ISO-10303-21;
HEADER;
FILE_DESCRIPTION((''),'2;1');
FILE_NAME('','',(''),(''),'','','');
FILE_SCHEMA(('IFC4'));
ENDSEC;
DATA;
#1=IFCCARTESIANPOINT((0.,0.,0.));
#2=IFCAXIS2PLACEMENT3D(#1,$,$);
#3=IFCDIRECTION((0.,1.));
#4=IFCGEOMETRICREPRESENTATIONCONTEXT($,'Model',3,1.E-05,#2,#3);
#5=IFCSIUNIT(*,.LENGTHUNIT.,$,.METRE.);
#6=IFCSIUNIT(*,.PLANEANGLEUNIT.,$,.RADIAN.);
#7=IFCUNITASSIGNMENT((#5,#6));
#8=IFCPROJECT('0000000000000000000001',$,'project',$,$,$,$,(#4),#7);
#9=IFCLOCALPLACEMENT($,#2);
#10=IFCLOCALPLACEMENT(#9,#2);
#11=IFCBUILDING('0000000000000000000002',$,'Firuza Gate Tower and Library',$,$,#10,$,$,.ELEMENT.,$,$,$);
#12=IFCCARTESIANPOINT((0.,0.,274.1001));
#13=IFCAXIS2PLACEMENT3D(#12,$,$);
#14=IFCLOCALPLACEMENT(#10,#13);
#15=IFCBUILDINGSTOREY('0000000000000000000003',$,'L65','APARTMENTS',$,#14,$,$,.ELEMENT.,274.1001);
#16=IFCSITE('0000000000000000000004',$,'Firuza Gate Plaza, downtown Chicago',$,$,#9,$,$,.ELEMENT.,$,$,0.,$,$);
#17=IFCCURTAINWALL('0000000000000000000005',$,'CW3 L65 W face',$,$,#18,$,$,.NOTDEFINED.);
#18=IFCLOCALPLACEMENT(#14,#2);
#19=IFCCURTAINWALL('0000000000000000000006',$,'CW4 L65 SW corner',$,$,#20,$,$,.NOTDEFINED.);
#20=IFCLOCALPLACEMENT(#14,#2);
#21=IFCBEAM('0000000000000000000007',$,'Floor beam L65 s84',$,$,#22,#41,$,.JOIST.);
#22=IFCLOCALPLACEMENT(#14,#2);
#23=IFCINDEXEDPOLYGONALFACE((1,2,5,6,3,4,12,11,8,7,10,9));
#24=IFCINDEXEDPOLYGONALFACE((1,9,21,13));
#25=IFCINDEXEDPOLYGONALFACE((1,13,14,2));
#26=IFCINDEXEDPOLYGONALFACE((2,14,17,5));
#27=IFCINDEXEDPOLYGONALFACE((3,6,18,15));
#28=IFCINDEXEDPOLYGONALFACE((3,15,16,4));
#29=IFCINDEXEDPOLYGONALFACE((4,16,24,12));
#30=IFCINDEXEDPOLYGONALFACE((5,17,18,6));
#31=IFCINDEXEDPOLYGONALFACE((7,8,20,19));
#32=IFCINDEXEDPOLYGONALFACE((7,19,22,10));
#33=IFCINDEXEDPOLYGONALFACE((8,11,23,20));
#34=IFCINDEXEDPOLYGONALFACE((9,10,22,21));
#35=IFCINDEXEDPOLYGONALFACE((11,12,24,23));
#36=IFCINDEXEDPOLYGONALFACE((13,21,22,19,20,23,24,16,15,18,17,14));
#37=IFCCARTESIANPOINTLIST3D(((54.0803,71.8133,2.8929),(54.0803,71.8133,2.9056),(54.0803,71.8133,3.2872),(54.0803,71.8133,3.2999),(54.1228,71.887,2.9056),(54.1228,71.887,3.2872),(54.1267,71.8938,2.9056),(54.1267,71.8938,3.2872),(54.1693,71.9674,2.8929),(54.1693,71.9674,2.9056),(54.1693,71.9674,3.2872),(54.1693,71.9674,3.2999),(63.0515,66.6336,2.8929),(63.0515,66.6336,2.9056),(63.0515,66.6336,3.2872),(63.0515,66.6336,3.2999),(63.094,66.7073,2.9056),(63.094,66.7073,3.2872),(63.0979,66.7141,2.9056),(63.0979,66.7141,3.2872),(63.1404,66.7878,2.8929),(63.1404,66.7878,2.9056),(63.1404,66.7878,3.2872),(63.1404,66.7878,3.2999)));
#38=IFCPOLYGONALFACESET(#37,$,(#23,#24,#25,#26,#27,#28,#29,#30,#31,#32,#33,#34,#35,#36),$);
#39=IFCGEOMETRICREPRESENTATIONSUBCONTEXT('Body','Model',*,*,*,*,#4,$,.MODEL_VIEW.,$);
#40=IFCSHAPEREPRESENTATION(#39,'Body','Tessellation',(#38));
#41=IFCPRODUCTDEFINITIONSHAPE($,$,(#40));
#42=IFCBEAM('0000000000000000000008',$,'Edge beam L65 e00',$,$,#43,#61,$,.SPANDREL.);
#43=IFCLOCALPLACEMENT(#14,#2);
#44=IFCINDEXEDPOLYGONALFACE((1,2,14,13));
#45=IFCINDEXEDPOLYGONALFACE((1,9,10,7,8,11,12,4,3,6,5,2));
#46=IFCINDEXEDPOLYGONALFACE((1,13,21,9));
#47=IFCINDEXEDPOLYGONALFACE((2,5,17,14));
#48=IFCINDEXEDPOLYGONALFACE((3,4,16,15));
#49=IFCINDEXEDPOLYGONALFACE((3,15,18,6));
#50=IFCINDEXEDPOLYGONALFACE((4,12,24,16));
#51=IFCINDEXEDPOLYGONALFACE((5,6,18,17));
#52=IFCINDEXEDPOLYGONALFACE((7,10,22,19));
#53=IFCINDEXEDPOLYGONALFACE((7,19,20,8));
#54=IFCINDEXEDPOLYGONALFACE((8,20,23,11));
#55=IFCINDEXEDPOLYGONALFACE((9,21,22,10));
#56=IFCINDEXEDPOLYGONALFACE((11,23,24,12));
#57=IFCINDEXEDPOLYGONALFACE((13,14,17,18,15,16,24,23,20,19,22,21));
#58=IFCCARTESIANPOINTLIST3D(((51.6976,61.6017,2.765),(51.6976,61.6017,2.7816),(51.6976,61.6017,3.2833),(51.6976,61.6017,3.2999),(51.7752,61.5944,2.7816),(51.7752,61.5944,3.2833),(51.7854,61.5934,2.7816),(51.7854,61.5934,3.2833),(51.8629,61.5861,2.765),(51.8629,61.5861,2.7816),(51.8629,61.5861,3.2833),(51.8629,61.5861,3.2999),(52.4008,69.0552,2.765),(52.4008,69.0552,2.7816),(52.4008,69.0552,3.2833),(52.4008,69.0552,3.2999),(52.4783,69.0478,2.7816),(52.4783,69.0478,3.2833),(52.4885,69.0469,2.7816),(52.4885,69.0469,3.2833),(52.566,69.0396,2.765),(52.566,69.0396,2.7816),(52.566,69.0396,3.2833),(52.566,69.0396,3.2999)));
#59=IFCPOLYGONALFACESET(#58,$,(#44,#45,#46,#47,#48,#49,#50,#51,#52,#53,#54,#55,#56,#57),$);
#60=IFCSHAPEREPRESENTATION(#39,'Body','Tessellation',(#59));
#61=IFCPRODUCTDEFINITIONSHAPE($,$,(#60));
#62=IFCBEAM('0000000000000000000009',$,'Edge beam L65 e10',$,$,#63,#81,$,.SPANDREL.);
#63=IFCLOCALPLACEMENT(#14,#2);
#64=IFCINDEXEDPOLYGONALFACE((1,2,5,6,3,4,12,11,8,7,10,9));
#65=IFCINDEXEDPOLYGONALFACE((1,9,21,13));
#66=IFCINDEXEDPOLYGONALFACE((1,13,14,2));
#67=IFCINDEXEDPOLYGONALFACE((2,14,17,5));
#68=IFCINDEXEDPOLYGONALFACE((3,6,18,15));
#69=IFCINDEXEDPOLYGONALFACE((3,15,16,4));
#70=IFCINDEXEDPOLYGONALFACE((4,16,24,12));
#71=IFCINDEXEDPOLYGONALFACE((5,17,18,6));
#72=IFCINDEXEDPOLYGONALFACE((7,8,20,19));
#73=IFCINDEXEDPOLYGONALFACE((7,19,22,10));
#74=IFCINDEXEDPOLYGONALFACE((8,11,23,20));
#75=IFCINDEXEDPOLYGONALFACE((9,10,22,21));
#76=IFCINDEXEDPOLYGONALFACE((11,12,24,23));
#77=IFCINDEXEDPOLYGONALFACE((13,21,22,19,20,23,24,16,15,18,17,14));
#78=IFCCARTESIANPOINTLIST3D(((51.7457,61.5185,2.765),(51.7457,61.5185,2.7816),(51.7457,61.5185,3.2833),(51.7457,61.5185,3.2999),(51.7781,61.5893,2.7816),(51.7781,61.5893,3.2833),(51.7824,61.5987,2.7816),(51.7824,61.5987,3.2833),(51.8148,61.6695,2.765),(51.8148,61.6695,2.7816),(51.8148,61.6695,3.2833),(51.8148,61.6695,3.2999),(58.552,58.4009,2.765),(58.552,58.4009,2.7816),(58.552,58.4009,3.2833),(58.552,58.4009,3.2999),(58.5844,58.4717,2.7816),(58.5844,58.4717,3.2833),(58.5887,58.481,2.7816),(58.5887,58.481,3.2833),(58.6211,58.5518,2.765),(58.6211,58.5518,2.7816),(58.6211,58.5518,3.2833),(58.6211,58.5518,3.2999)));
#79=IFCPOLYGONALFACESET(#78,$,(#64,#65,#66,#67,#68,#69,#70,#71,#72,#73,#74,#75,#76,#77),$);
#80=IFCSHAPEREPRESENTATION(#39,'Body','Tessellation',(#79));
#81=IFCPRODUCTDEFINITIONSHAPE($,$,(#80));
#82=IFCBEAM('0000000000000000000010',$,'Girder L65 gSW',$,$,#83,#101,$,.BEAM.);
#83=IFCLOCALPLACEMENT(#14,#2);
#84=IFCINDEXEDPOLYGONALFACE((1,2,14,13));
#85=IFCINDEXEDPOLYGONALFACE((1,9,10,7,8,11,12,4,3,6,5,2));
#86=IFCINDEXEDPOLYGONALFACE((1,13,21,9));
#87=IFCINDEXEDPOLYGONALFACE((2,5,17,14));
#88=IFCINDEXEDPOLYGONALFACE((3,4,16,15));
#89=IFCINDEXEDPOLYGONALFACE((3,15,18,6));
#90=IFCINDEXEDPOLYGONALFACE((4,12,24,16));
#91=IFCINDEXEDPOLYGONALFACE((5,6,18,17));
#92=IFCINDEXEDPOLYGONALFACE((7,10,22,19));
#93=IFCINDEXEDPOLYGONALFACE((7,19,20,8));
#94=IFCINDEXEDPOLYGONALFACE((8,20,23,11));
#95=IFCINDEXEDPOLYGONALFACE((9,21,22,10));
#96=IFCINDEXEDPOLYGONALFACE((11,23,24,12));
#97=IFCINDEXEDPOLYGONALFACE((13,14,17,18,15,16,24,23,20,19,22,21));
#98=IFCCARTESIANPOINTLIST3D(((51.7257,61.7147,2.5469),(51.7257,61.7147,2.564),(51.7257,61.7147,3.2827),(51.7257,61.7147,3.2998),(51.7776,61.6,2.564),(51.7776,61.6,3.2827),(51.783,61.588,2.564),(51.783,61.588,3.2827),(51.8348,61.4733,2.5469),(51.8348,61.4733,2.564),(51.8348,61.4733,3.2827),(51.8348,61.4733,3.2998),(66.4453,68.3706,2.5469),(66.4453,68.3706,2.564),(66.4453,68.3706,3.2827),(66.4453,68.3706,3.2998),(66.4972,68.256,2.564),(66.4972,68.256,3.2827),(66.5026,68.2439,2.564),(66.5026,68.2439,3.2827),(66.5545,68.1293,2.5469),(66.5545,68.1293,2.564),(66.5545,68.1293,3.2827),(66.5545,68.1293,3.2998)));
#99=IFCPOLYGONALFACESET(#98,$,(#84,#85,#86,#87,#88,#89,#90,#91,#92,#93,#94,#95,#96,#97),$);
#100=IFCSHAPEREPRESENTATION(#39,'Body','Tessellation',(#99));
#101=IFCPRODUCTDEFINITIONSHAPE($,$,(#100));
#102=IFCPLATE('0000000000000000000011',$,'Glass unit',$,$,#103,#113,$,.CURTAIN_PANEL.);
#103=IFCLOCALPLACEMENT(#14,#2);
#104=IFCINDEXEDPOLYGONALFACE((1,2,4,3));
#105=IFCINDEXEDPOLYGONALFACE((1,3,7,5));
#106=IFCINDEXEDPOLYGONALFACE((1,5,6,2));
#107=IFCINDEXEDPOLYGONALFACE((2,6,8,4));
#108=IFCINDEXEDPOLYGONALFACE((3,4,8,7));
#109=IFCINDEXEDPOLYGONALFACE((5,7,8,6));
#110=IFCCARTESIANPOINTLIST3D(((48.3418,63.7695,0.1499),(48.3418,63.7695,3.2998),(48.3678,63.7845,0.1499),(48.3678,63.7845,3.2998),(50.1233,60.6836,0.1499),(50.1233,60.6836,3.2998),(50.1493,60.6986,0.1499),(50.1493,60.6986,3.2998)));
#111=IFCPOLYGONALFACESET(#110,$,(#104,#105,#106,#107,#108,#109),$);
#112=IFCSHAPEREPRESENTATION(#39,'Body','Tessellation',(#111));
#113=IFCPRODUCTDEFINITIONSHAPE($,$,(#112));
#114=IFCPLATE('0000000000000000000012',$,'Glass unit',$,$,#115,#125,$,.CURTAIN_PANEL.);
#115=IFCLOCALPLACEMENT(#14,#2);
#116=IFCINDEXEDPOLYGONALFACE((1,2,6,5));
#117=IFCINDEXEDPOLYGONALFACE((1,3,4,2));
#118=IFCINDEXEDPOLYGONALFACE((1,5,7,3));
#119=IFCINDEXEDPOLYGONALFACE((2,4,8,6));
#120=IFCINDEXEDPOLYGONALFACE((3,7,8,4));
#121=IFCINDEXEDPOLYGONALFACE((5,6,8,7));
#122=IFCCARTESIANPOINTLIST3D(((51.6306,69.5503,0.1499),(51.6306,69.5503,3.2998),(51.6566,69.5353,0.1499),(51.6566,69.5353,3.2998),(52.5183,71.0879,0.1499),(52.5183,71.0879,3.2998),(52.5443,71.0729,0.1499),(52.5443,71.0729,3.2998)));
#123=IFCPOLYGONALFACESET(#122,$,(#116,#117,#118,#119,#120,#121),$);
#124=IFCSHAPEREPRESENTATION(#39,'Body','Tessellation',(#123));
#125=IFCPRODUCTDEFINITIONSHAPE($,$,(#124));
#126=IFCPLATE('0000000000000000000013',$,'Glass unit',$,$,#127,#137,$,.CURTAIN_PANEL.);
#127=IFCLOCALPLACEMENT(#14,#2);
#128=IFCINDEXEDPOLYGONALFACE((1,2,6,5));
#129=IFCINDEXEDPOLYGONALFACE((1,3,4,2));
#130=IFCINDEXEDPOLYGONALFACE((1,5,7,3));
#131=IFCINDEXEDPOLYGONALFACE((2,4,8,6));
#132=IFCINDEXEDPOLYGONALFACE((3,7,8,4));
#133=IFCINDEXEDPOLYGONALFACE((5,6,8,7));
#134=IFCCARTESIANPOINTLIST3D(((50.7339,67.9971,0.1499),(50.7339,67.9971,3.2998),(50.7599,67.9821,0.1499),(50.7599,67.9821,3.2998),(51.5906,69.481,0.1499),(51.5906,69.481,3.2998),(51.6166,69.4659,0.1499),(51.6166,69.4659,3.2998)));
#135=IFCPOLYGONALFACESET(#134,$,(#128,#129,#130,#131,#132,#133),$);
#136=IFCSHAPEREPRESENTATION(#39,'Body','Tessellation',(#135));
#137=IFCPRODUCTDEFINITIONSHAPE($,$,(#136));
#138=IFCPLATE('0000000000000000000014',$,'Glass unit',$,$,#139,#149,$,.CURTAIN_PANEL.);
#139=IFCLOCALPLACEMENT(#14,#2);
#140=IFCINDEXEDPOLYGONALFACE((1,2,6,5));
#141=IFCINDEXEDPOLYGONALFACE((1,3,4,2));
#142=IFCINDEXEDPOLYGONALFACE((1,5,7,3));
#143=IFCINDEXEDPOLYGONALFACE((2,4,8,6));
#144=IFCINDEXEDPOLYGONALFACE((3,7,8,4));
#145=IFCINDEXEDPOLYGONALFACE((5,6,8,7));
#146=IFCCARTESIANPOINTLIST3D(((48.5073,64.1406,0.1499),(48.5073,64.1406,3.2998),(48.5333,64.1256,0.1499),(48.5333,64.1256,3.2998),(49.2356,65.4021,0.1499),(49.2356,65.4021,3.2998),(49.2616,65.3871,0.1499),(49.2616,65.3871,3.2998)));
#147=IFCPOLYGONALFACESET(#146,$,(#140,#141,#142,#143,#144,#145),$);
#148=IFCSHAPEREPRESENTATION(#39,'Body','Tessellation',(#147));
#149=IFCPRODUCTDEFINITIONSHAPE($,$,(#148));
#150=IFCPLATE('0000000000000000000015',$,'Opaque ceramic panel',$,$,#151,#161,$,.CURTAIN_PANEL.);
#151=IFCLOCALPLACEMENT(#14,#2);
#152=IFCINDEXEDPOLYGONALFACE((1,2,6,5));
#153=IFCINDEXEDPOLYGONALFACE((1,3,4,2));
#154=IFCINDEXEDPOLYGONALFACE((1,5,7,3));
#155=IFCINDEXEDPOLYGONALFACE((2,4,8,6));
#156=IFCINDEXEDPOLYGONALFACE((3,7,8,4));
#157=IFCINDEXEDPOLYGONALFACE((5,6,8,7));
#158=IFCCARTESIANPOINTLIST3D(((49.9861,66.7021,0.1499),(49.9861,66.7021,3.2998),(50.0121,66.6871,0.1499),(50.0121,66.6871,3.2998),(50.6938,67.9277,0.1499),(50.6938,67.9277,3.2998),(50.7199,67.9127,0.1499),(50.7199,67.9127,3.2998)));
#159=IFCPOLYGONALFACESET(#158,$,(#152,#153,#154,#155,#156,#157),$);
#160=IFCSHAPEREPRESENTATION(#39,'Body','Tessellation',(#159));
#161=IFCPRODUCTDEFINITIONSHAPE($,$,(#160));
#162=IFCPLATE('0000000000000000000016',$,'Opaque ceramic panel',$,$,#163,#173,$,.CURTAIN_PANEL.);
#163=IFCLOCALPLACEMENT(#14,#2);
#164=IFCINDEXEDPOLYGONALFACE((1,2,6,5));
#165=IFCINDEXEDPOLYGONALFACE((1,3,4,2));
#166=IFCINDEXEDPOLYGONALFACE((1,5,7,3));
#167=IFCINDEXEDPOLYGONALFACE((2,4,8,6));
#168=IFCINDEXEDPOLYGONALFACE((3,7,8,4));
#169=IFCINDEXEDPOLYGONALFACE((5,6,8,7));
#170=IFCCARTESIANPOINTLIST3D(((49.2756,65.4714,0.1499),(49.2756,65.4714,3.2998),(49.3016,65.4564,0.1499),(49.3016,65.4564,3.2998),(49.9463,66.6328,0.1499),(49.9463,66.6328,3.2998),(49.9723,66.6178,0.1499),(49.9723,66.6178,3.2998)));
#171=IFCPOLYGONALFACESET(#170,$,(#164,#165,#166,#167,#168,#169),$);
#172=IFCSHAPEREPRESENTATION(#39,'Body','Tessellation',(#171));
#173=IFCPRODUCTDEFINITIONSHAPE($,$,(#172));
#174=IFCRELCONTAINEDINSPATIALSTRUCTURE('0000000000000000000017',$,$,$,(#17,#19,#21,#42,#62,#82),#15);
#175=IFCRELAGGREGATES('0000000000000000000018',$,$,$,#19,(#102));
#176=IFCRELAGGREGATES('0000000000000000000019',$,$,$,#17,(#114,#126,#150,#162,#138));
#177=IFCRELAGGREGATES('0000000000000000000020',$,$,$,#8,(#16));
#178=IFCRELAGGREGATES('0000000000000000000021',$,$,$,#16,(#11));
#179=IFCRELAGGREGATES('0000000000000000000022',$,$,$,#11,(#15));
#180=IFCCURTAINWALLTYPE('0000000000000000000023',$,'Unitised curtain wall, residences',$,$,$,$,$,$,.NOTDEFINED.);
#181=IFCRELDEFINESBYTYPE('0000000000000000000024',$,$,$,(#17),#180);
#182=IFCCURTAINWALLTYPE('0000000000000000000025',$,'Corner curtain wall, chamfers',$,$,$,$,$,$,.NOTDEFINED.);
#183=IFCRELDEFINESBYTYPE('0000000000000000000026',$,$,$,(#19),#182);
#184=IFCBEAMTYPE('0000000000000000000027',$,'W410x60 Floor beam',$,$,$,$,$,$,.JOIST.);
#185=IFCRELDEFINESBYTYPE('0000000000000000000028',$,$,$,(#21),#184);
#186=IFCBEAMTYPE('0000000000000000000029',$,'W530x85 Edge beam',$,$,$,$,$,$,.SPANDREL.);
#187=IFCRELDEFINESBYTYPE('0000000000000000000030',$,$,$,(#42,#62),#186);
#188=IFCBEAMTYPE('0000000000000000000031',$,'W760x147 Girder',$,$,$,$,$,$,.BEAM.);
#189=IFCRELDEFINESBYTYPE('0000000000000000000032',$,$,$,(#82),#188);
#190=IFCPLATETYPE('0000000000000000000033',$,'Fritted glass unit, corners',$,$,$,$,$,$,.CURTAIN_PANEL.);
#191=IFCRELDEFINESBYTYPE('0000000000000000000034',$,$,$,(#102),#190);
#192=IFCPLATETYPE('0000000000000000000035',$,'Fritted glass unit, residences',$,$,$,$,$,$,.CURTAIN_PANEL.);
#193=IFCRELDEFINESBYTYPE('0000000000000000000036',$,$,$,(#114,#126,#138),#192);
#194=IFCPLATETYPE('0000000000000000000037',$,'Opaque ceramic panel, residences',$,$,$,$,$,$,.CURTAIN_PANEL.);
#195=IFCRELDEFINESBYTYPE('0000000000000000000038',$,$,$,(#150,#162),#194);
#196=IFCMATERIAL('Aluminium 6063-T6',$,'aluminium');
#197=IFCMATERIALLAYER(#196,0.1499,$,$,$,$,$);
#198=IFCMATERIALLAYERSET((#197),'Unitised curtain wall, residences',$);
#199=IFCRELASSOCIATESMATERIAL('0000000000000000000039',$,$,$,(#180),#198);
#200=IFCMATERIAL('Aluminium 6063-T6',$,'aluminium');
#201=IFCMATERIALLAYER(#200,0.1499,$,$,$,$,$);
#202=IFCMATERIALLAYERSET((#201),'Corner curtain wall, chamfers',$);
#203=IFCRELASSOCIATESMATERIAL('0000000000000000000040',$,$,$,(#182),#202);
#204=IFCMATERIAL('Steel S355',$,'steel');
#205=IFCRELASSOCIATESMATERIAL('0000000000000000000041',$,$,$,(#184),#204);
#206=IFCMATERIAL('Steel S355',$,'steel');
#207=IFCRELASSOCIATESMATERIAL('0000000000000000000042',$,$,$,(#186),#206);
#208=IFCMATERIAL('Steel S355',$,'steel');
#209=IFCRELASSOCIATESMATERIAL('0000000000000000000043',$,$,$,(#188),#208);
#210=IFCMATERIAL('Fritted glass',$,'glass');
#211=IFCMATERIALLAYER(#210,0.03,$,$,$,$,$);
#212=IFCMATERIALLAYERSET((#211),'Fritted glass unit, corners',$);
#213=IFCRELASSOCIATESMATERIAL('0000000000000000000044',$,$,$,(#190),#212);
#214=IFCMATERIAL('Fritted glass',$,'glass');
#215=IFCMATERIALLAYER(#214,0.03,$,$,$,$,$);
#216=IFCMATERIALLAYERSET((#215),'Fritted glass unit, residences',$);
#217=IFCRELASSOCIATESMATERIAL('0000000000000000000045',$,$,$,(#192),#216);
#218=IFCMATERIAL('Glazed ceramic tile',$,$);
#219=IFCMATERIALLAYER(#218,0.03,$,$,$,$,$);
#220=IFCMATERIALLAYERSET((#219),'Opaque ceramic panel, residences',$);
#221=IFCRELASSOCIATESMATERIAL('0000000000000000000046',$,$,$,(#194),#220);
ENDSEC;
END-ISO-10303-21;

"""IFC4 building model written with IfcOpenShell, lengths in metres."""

from ifc_helpers import new_model, si_unit, direction, frame, origin, origin_2d, place, context, subcontext, project, spatial, polyline, i_section, outline, extrude, material, layer, layer_set, material_profile, profile_set, type_object, element, aggregate, save


model = new_model("IFC4")

# Units and contexts
model_context = context("Model", 3, precision=1e-05, world=origin(), true_north=direction((0.0, 1.0)))
body_context = subcontext(model_context, "Body", "Model", "MODEL_VIEW")
ifc_project = project(units=[si_unit("LENGTHUNIT", "METRE"), si_unit("PLANEANGLEUNIT", "RADIAN")], contexts=[model_context])

# Site, building, storey
site_placement = place(None, origin())
site = spatial("IfcSite", under=ifc_project, at=site_placement, Name="Firuza Gate Plaza, downtown Chicago", CompositionType="ELEMENT", RefElevation=0.0)
building_placement = place(site_placement, origin())
building = spatial("IfcBuilding", under=site, at=building_placement, Name="Firuza Gate Tower and Library", CompositionType="ELEMENT")
storey_placement = place(building_placement, frame((0.0, 0.0, 274.1001)))
storey = spatial("IfcBuildingStorey", under=building, at=storey_placement, Name="L65", Description="APARTMENTS", CompositionType="ELEMENT", Elevation=274.1001)

# Curtain walls
ifc_material_1 = material(Name="Aluminium 6063-T6", Category="aluminium")
ifc_layer_1 = layer(ifc_material_1, 0.1499)
ifc_layer_set_1 = layer_set([ifc_layer_1], Name="Unitised curtain wall, residences")
curtain_wall_type_1 = type_object("IfcCurtainWallType", Name="Unitised curtain wall, residences", PredefinedType="NOTDEFINED", material=ifc_layer_set_1)
placement = place(storey_placement, origin())
curtain_wall_1 = element("IfcCurtainWall", 1, at=placement, inside=storey, type_object=curtain_wall_type_1, Name="CW3 L65 W face", PredefinedType="NOTDEFINED")
ifc_material_2 = material(Name="Aluminium 6063-T6", Category="aluminium")
ifc_layer_2 = layer(ifc_material_2, 0.1499)
ifc_layer_set_2 = layer_set([ifc_layer_2], Name="Corner curtain wall, chamfers")
curtain_wall_type_2 = type_object("IfcCurtainWallType", Name="Corner curtain wall, chamfers", PredefinedType="NOTDEFINED", material=ifc_layer_set_2)
curtain_wall_2 = element("IfcCurtainWall", 2, at=placement, inside=storey, type_object=curtain_wall_type_2, Name="CW4 L65 SW corner", PredefinedType="NOTDEFINED")

# Beams
ifc_material_3 = material(Name="Steel S355", Category="steel")
ifc_material_profile_1 = material_profile(ifc_material_3, i_section(OverallWidth=0.178, OverallDepth=0.407, WebThickness=0.0078, FlangeThickness=0.0127, at=origin_2d()))
ifc_profile_set_1 = profile_set([ifc_material_profile_1], Name="Steel S355")
beam_type_1 = type_object("IfcBeamType", Name="W410x60 Floor beam", PredefinedType="JOIST", material=ifc_profile_set_1)
beam_1_placement = place(storey_placement, frame((54.1248, 71.8904, 3.0964), z_axis=(0.866018, -0.500012, 0.0), x_axis=(0.500012, 0.866018, 0.0)))
element("IfcBeam", 3, at=beam_1_placement, inside=storey, type_object=beam_type_1, Name="Floor beam L65 s84", PredefinedType="JOIST", context=body_context, shape_type="SweptSolid", body=[
    extrude(i_section(OverallWidth=0.178, OverallDepth=0.407, WebThickness=0.0078, FlangeThickness=0.0127, at=origin_2d()), origin(), (0.0, 0.0, 1.0), 10.3591),
])
ifc_material_4 = material(Name="Steel S355", Category="steel")
ifc_material_profile_2 = material_profile(ifc_material_4, i_section(OverallWidth=0.166, OverallDepth=0.5349, WebThickness=0.0103, FlangeThickness=0.0166, at=origin_2d()))
ifc_profile_set_2 = profile_set([ifc_material_profile_2], Name="Steel S355")
beam_type_2 = type_object("IfcBeamType", Name="W530x85 Edge beam", PredefinedType="SPANDREL", material=ifc_profile_set_2)
beam_2_placement = place(storey_placement, frame((52.4834, 69.0474, 3.0325), z_axis=(-0.09392, -0.99558, 0.0), x_axis=(0.99558, -0.09392, 0.0)))
element("IfcBeam", 4, at=beam_2_placement, inside=storey, type_object=beam_type_2, Name="Edge beam L65 e00", PredefinedType="SPANDREL", context=body_context, shape_type="SweptSolid", body=[
    extrude(i_section(OverallWidth=0.166, OverallDepth=0.5349, WebThickness=0.0103, FlangeThickness=0.0166, at=origin_2d()), origin(), (0.0, 0.0, 1.0), 7.4866),
])
beam_3_placement = place(storey_placement, frame((51.7803, 61.594, 3.0325), z_axis=(0.909162, -0.416442, 0.0), x_axis=(0.416442, 0.909162, 0.0)))
element("IfcBeam", 5, at=beam_3_placement, inside=storey, type_object=beam_type_2, Name="Edge beam L65 e10", PredefinedType="SPANDREL", context=body_context, shape_type="SweptSolid", body=[
    extrude(i_section(OverallWidth=0.166, OverallDepth=0.5349, WebThickness=0.0103, FlangeThickness=0.0166, at=origin_2d()), origin(), (0.0, 0.0, 1.0), 7.4863),
])
ifc_material_5 = material(Name="Steel S355", Category="steel")
ifc_material_profile_3 = material_profile(ifc_material_5, i_section(OverallWidth=0.2649, OverallDepth=0.7529, WebThickness=0.0132, FlangeThickness=0.0171, at=origin_2d()))
ifc_profile_set_3 = profile_set([ifc_material_profile_3], Name="Steel S355")
beam_type_3 = type_object("IfcBeamType", Name="W760x147 Girder", PredefinedType="BEAM", material=ifc_profile_set_3)
beam_4_placement = place(storey_placement, frame((51.7803, 61.594, 2.9233), z_axis=(0.911176, 0.412018, 0.0), x_axis=(-0.412018, 0.911176, 0.0)))
element("IfcBeam", 6, at=beam_4_placement, inside=storey, type_object=beam_type_3, Name="Girder L65 gSW", PredefinedType="BEAM", context=body_context, shape_type="SweptSolid", body=[
    extrude(i_section(OverallWidth=0.2649, OverallDepth=0.7529, WebThickness=0.0132, FlangeThickness=0.0171, at=origin_2d()), origin(), (0.0, 0.0, 1.0), 16.1545),
])

# Plates
ifc_material_6 = material(Name="Fritted glass", Category="glass")
ifc_layer_3 = layer(ifc_material_6, 0.03)
ifc_layer_set_3 = layer_set([ifc_layer_3], Name="Fritted glass unit, corners")
plate_type_1 = type_object("IfcPlateType", Name="Fritted glass unit, corners", PredefinedType="CURTAIN_PANEL", material=ifc_layer_set_3)
plate_1_placement = place(storey_placement, frame((48.3418, 63.7695, 0.1499), z_axis=(-0.866046, -0.499964, 0.0), x_axis=(0.499964, -0.866046, 0.0)))
plate_1 = element("IfcPlate", 7, at=plate_1_placement, type_object=plate_type_1, Name="Glass unit", PredefinedType="CURTAIN_PANEL", context=body_context, shape_type="SweptSolid", body=[
    extrude(outline(polyline([(0.0, 0.0), (3.5632, 0.0), (3.5632, 3.1499), (0.0, 3.1499), (0.0, 0.0)])), origin(), (0.0, 0.0, -1.0), 0.03),
])
aggregate(curtain_wall_2, [plate_1])
ifc_material_7 = material(Name="Fritted glass", Category="glass")
ifc_layer_4 = layer(ifc_material_7, 0.03)
ifc_layer_set_4 = layer_set([ifc_layer_4], Name="Fritted glass unit, residences")
plate_type_2 = type_object("IfcPlateType", Name="Fritted glass unit, residences", PredefinedType="CURTAIN_PANEL", material=ifc_layer_set_4)
plate_2_placement = place(storey_placement, frame((52.5183, 71.0879, 0.1499), z_axis=(-0.866034, 0.499984, 0.0), x_axis=(-0.499984, -0.866034, 0.0)))
plate_2 = element("IfcPlate", 8, at=plate_2_placement, type_object=plate_type_2, Name="Glass unit", PredefinedType="CURTAIN_PANEL", context=body_context, shape_type="SweptSolid", body=[
    extrude(outline(polyline([(0.0, 0.0), (1.7754, 0.0), (1.7754, 3.1499), (0.0, 3.1499), (0.0, 0.0)])), origin(), (0.0, 0.0, -1.0), 0.03),
])
plate_3_placement = place(storey_placement, frame((51.5906, 69.481, 0.1499), z_axis=(-0.866034, 0.499986, 0.0), x_axis=(-0.499986, -0.866034, 0.0)))
plate_3 = element("IfcPlate", 9, at=plate_3_placement, type_object=plate_type_2, Name="Glass unit", PredefinedType="CURTAIN_PANEL", context=body_context, shape_type="SweptSolid", body=[
    extrude(outline(polyline([(0.0, 0.0), (1.7134, 0.0), (1.7134, 3.1499), (0.0, 3.1499), (0.0, 0.0)])), origin(), (0.0, 0.0, -1.0), 0.03),
])
plate_4_placement = place(storey_placement, frame((49.2356, 65.4021, 0.1499), z_axis=(-0.866038, 0.499979, 0.0), x_axis=(-0.499979, -0.866038, 0.0)))
plate_4 = element("IfcPlate", 10, at=plate_4_placement, type_object=plate_type_2, Name="Glass unit", PredefinedType="CURTAIN_PANEL", context=body_context, shape_type="SweptSolid", body=[
    extrude(outline(polyline([(0.0, 0.0), (1.4566, 0.0), (1.4566, 3.1499), (0.0, 3.1499), (0.0, 0.0)])), origin(), (0.0, 0.0, -1.0), 0.03),
])
ifc_material_8 = material(Name="Glazed ceramic tile")
ifc_layer_5 = layer(ifc_material_8, 0.03)
ifc_layer_set_5 = layer_set([ifc_layer_5], Name="Opaque ceramic panel, residences")
plate_type_3 = type_object("IfcPlateType", Name="Opaque ceramic panel, residences", PredefinedType="CURTAIN_PANEL", material=ifc_layer_set_5)
plate_5_placement = place(storey_placement, frame((50.6938, 67.9277, 0.1499), z_axis=(-0.865973, 0.500091, 0.0), x_axis=(-0.500091, -0.865973, 0.0)))
plate_5 = element("IfcPlate", 11, at=plate_5_placement, type_object=plate_type_3, Name="Opaque ceramic panel", PredefinedType="CURTAIN_PANEL", context=body_context, shape_type="SweptSolid", body=[
    extrude(outline(polyline([(0.0, 0.0), (1.4153, 0.0), (1.4153, 3.1499), (0.0, 3.1499), (0.0, 0.0)])), origin(), (0.0, 0.0, -1.0), 0.03),
])
plate_6_placement = place(storey_placement, frame((49.9463, 66.6328, 0.1499), z_axis=(-0.865982, 0.500074, 0.0), x_axis=(-0.500074, -0.865982, 0.0)))
plate_6 = element("IfcPlate", 12, at=plate_6_placement, type_object=plate_type_3, Name="Opaque ceramic panel", PredefinedType="CURTAIN_PANEL", context=body_context, shape_type="SweptSolid", body=[
    extrude(outline(polyline([(0.0, 0.0), (1.3411, 0.0), (1.3411, 3.1499), (0.0, 3.1499), (0.0, 0.0)])), origin(), (0.0, 0.0, -1.0), 0.03),
])
aggregate(curtain_wall_1, [plate_2, plate_3, plate_5, plate_6, plate_4])

save(model, "model.ifc")
